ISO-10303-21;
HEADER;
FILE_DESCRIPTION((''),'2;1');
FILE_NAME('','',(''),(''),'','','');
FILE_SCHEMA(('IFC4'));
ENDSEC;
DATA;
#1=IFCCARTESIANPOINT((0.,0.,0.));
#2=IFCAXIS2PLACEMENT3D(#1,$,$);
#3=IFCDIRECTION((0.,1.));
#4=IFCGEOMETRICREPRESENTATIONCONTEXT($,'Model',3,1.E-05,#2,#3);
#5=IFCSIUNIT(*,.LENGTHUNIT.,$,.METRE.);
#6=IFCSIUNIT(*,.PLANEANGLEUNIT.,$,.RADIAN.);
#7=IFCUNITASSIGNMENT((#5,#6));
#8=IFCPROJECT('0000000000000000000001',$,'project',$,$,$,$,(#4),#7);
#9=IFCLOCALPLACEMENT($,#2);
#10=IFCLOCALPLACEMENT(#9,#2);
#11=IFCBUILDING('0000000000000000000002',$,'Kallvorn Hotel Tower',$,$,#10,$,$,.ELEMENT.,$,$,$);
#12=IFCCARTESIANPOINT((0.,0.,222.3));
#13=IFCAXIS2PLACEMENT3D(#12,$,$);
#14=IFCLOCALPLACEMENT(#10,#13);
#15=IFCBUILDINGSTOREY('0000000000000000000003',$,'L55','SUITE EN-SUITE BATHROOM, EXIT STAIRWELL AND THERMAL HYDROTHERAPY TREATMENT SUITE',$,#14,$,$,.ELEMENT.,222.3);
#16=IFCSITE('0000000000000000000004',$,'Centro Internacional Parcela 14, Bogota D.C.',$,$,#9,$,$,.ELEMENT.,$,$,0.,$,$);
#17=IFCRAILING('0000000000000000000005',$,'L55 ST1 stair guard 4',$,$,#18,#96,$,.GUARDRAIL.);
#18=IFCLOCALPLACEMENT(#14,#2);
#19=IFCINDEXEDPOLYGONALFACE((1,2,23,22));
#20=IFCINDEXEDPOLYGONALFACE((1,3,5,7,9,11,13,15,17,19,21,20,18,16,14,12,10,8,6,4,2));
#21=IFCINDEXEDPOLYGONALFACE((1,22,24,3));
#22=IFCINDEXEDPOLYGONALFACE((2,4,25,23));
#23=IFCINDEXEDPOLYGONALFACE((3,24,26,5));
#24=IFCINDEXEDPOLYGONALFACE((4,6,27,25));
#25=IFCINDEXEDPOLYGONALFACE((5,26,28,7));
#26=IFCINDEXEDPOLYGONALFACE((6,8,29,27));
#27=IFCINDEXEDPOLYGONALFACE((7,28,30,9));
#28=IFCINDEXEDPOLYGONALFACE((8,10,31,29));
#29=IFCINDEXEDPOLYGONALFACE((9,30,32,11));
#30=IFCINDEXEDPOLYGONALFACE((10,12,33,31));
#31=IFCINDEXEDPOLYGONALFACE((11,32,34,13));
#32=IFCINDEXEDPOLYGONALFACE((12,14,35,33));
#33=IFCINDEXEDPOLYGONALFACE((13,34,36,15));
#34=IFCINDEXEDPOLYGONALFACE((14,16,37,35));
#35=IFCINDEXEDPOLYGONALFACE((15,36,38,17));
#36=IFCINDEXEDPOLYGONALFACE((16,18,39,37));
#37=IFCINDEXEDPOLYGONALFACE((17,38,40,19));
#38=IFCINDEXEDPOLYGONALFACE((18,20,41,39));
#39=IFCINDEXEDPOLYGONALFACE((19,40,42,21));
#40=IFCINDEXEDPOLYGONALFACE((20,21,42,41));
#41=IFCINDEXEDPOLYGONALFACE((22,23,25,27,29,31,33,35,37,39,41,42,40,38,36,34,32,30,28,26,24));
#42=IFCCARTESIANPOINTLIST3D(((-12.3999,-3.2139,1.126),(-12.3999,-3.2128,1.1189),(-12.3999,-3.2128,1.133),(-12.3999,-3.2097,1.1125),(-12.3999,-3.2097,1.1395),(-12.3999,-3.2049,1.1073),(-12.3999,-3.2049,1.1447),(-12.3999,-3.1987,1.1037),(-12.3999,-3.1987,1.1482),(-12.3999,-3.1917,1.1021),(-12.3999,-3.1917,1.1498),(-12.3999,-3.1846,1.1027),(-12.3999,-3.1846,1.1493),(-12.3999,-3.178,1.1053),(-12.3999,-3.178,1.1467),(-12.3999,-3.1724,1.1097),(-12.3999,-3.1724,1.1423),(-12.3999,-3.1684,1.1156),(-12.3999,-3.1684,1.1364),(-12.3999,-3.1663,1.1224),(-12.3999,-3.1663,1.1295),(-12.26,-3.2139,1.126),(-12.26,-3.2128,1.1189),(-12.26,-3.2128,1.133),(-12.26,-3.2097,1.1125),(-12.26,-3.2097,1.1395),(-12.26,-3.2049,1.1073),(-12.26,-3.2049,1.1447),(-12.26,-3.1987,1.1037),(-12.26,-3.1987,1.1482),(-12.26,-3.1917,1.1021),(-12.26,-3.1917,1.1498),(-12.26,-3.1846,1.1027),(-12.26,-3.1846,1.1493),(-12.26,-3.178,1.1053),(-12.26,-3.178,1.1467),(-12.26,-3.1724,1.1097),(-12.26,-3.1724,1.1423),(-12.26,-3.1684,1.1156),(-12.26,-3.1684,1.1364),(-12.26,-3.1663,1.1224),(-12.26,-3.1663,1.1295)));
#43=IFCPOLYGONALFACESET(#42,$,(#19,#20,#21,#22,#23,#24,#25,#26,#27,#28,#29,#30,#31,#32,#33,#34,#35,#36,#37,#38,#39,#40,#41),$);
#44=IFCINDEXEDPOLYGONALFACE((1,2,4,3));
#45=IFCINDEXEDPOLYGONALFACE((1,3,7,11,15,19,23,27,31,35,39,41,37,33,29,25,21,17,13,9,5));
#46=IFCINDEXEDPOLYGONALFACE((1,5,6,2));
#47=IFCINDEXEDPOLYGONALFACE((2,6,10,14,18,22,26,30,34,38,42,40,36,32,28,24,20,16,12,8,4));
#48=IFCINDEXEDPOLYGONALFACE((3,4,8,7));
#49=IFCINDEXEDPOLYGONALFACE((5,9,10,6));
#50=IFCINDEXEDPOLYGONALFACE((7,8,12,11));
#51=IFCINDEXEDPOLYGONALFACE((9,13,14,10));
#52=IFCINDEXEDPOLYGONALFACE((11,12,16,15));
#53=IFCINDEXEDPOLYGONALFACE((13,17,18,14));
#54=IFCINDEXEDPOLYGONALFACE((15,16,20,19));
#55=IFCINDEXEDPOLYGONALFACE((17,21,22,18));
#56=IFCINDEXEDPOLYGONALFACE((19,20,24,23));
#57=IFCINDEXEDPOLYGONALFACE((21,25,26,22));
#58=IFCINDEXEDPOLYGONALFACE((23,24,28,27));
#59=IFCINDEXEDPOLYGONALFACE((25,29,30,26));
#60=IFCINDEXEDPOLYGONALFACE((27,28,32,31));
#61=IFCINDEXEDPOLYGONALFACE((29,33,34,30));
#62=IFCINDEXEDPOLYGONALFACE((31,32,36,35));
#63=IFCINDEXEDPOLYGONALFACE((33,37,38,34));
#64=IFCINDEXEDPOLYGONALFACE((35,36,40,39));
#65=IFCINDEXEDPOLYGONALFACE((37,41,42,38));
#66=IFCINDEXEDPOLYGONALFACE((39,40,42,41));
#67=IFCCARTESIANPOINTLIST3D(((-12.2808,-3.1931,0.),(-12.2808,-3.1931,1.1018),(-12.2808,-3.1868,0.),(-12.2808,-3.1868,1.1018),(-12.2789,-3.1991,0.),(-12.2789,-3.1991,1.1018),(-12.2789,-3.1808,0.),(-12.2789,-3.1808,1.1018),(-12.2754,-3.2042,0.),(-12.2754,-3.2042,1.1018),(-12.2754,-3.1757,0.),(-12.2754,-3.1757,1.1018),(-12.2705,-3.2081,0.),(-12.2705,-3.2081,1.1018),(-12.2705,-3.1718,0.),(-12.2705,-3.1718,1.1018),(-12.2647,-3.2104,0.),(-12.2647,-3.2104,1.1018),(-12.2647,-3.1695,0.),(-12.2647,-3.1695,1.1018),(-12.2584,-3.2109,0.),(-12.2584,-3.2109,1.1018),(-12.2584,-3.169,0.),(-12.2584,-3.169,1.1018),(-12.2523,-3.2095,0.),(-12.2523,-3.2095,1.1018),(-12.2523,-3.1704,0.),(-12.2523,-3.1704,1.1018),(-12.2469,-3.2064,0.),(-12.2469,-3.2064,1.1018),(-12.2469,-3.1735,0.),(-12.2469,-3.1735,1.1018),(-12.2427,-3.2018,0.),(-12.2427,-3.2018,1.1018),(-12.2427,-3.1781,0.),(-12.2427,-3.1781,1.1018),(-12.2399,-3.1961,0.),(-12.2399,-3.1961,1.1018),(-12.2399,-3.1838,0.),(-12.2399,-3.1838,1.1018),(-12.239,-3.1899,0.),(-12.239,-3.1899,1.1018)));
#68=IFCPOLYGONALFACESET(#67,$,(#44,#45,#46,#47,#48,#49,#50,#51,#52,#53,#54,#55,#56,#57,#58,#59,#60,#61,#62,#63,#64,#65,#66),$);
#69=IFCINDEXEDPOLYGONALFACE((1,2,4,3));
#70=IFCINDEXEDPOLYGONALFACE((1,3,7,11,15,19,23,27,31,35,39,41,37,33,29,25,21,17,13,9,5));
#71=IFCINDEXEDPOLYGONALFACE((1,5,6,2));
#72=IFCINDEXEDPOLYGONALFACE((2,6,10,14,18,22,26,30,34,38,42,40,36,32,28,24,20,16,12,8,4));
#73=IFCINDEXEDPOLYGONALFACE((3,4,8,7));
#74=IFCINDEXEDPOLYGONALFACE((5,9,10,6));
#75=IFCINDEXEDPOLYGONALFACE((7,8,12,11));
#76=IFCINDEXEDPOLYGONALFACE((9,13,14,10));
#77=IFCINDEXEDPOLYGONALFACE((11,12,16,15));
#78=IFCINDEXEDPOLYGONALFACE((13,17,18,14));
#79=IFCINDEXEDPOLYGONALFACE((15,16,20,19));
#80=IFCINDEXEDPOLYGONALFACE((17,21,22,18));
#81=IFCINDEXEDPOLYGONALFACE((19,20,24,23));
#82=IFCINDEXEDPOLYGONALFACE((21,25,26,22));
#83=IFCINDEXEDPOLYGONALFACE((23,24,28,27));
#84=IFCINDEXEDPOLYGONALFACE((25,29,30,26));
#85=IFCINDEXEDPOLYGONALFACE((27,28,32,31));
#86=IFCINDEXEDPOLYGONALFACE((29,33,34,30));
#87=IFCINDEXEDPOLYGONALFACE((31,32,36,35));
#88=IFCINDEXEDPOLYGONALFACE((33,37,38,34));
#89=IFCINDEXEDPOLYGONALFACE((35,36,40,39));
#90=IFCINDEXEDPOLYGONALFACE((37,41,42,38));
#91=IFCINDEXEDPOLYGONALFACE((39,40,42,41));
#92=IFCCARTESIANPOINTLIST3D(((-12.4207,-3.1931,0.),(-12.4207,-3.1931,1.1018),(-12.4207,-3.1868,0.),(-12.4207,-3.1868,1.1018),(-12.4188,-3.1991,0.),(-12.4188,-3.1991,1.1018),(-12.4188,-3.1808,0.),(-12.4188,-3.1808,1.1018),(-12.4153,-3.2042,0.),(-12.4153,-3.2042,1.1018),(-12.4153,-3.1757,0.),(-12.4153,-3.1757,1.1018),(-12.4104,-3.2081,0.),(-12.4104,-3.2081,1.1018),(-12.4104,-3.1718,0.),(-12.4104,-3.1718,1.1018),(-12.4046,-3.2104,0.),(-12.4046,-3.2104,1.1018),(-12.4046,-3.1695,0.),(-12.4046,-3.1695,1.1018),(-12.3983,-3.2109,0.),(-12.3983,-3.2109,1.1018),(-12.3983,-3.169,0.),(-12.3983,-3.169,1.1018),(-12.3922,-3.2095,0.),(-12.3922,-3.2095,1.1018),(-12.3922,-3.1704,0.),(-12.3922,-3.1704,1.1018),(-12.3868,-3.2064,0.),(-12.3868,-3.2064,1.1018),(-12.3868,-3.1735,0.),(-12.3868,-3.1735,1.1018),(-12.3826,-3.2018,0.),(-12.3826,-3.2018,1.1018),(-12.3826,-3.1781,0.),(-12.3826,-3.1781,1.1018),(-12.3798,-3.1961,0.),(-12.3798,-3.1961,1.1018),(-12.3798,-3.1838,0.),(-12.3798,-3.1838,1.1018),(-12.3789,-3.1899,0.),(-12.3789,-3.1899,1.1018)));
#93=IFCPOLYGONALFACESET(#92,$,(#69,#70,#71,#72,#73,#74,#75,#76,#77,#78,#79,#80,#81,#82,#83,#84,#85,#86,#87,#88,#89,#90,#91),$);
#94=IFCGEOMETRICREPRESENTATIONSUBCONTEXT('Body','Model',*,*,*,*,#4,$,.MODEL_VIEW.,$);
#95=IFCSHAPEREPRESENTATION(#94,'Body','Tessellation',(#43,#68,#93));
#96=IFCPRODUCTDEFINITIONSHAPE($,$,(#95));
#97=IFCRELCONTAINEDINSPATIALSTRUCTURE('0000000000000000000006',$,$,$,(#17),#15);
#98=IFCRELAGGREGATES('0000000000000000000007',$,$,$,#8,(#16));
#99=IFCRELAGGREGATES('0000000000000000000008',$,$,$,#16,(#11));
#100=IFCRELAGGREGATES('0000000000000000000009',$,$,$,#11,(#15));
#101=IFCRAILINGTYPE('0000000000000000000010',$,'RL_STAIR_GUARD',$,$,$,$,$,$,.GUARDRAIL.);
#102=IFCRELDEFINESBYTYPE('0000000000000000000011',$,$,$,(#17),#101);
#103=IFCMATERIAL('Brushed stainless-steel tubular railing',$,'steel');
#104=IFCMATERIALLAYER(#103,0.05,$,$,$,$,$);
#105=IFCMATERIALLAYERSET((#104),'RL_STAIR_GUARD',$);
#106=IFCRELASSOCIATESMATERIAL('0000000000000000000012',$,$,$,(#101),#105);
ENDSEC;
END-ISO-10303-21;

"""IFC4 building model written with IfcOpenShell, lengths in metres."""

from ifc_helpers import new_model, si_unit, direction, frame, origin, origin_2d, place, context, subcontext, project, spatial, circle, extrude, material, layer, layer_set, type_object, element, save


model = new_model("IFC4")

# Units and contexts
model_context = context("Model", 3, precision=1e-05, world=origin(), true_north=direction((0.0, 1.0)))
body_context = subcontext(model_context, "Body", "Model", "MODEL_VIEW")
ifc_project = project(units=[si_unit("LENGTHUNIT", "METRE"), si_unit("PLANEANGLEUNIT", "RADIAN")], contexts=[model_context])

# Site, building, storey
site_placement = place(None, origin())
site = spatial("IfcSite", under=ifc_project, at=site_placement, Name="Centro Internacional Parcela 14, Bogota D.C.", CompositionType="ELEMENT", RefElevation=0.0)
building_placement = place(site_placement, origin())
building = spatial("IfcBuilding", under=site, at=building_placement, Name="Kallvorn Hotel Tower", CompositionType="ELEMENT")
storey_placement = place(building_placement, frame((0.0, 0.0, 222.3)))
storey = spatial("IfcBuildingStorey", under=building, at=storey_placement, Name="L55", Description="SUITE EN-SUITE BATHROOM, EXIT STAIRWELL AND THERMAL HYDROTHERAPY TREATMENT SUITE", CompositionType="ELEMENT", Elevation=222.3)

# Railing
ifc_material_1 = material(Name="Brushed stainless-steel tubular railing", Category="steel")
ifc_layer_1 = layer(ifc_material_1, 0.05)
ifc_layer_set_1 = layer_set([ifc_layer_1], Name="RL_STAIR_GUARD")
railing_type_1 = type_object("IfcRailingType", Name="RL_STAIR_GUARD", PredefinedType="GUARDRAIL", material=ifc_layer_set_1)
railing_1_placement = place(storey_placement, frame((-12.26, -3.1899, 0.0)))
element("IfcRailing", 1, at=railing_1_placement, inside=storey, type_object=railing_type_1, Name="L55 ST1 stair guard 4", PredefinedType="GUARDRAIL", context=body_context, shape_type="SweptSolid", body=[
    extrude(circle(Radius=0.0239, at=origin_2d()), frame((0.0, 0.0, 1.126), z_axis=(-1.0, 0.0, 0.0), x_axis=(0.0, -1.0, 0.0)), (0.0, 0.0, 1.0), 0.1399),
    extrude(circle(Radius=0.021, at=origin_2d()), origin(), (0.0, 0.0, 1.0), 1.1018),
    extrude(circle(Radius=0.021, at=origin_2d()), frame((-0.1399, 0.0, 0.0)), (0.0, 0.0, 1.0), 1.1018),
])

save(model, "model.ifc")
